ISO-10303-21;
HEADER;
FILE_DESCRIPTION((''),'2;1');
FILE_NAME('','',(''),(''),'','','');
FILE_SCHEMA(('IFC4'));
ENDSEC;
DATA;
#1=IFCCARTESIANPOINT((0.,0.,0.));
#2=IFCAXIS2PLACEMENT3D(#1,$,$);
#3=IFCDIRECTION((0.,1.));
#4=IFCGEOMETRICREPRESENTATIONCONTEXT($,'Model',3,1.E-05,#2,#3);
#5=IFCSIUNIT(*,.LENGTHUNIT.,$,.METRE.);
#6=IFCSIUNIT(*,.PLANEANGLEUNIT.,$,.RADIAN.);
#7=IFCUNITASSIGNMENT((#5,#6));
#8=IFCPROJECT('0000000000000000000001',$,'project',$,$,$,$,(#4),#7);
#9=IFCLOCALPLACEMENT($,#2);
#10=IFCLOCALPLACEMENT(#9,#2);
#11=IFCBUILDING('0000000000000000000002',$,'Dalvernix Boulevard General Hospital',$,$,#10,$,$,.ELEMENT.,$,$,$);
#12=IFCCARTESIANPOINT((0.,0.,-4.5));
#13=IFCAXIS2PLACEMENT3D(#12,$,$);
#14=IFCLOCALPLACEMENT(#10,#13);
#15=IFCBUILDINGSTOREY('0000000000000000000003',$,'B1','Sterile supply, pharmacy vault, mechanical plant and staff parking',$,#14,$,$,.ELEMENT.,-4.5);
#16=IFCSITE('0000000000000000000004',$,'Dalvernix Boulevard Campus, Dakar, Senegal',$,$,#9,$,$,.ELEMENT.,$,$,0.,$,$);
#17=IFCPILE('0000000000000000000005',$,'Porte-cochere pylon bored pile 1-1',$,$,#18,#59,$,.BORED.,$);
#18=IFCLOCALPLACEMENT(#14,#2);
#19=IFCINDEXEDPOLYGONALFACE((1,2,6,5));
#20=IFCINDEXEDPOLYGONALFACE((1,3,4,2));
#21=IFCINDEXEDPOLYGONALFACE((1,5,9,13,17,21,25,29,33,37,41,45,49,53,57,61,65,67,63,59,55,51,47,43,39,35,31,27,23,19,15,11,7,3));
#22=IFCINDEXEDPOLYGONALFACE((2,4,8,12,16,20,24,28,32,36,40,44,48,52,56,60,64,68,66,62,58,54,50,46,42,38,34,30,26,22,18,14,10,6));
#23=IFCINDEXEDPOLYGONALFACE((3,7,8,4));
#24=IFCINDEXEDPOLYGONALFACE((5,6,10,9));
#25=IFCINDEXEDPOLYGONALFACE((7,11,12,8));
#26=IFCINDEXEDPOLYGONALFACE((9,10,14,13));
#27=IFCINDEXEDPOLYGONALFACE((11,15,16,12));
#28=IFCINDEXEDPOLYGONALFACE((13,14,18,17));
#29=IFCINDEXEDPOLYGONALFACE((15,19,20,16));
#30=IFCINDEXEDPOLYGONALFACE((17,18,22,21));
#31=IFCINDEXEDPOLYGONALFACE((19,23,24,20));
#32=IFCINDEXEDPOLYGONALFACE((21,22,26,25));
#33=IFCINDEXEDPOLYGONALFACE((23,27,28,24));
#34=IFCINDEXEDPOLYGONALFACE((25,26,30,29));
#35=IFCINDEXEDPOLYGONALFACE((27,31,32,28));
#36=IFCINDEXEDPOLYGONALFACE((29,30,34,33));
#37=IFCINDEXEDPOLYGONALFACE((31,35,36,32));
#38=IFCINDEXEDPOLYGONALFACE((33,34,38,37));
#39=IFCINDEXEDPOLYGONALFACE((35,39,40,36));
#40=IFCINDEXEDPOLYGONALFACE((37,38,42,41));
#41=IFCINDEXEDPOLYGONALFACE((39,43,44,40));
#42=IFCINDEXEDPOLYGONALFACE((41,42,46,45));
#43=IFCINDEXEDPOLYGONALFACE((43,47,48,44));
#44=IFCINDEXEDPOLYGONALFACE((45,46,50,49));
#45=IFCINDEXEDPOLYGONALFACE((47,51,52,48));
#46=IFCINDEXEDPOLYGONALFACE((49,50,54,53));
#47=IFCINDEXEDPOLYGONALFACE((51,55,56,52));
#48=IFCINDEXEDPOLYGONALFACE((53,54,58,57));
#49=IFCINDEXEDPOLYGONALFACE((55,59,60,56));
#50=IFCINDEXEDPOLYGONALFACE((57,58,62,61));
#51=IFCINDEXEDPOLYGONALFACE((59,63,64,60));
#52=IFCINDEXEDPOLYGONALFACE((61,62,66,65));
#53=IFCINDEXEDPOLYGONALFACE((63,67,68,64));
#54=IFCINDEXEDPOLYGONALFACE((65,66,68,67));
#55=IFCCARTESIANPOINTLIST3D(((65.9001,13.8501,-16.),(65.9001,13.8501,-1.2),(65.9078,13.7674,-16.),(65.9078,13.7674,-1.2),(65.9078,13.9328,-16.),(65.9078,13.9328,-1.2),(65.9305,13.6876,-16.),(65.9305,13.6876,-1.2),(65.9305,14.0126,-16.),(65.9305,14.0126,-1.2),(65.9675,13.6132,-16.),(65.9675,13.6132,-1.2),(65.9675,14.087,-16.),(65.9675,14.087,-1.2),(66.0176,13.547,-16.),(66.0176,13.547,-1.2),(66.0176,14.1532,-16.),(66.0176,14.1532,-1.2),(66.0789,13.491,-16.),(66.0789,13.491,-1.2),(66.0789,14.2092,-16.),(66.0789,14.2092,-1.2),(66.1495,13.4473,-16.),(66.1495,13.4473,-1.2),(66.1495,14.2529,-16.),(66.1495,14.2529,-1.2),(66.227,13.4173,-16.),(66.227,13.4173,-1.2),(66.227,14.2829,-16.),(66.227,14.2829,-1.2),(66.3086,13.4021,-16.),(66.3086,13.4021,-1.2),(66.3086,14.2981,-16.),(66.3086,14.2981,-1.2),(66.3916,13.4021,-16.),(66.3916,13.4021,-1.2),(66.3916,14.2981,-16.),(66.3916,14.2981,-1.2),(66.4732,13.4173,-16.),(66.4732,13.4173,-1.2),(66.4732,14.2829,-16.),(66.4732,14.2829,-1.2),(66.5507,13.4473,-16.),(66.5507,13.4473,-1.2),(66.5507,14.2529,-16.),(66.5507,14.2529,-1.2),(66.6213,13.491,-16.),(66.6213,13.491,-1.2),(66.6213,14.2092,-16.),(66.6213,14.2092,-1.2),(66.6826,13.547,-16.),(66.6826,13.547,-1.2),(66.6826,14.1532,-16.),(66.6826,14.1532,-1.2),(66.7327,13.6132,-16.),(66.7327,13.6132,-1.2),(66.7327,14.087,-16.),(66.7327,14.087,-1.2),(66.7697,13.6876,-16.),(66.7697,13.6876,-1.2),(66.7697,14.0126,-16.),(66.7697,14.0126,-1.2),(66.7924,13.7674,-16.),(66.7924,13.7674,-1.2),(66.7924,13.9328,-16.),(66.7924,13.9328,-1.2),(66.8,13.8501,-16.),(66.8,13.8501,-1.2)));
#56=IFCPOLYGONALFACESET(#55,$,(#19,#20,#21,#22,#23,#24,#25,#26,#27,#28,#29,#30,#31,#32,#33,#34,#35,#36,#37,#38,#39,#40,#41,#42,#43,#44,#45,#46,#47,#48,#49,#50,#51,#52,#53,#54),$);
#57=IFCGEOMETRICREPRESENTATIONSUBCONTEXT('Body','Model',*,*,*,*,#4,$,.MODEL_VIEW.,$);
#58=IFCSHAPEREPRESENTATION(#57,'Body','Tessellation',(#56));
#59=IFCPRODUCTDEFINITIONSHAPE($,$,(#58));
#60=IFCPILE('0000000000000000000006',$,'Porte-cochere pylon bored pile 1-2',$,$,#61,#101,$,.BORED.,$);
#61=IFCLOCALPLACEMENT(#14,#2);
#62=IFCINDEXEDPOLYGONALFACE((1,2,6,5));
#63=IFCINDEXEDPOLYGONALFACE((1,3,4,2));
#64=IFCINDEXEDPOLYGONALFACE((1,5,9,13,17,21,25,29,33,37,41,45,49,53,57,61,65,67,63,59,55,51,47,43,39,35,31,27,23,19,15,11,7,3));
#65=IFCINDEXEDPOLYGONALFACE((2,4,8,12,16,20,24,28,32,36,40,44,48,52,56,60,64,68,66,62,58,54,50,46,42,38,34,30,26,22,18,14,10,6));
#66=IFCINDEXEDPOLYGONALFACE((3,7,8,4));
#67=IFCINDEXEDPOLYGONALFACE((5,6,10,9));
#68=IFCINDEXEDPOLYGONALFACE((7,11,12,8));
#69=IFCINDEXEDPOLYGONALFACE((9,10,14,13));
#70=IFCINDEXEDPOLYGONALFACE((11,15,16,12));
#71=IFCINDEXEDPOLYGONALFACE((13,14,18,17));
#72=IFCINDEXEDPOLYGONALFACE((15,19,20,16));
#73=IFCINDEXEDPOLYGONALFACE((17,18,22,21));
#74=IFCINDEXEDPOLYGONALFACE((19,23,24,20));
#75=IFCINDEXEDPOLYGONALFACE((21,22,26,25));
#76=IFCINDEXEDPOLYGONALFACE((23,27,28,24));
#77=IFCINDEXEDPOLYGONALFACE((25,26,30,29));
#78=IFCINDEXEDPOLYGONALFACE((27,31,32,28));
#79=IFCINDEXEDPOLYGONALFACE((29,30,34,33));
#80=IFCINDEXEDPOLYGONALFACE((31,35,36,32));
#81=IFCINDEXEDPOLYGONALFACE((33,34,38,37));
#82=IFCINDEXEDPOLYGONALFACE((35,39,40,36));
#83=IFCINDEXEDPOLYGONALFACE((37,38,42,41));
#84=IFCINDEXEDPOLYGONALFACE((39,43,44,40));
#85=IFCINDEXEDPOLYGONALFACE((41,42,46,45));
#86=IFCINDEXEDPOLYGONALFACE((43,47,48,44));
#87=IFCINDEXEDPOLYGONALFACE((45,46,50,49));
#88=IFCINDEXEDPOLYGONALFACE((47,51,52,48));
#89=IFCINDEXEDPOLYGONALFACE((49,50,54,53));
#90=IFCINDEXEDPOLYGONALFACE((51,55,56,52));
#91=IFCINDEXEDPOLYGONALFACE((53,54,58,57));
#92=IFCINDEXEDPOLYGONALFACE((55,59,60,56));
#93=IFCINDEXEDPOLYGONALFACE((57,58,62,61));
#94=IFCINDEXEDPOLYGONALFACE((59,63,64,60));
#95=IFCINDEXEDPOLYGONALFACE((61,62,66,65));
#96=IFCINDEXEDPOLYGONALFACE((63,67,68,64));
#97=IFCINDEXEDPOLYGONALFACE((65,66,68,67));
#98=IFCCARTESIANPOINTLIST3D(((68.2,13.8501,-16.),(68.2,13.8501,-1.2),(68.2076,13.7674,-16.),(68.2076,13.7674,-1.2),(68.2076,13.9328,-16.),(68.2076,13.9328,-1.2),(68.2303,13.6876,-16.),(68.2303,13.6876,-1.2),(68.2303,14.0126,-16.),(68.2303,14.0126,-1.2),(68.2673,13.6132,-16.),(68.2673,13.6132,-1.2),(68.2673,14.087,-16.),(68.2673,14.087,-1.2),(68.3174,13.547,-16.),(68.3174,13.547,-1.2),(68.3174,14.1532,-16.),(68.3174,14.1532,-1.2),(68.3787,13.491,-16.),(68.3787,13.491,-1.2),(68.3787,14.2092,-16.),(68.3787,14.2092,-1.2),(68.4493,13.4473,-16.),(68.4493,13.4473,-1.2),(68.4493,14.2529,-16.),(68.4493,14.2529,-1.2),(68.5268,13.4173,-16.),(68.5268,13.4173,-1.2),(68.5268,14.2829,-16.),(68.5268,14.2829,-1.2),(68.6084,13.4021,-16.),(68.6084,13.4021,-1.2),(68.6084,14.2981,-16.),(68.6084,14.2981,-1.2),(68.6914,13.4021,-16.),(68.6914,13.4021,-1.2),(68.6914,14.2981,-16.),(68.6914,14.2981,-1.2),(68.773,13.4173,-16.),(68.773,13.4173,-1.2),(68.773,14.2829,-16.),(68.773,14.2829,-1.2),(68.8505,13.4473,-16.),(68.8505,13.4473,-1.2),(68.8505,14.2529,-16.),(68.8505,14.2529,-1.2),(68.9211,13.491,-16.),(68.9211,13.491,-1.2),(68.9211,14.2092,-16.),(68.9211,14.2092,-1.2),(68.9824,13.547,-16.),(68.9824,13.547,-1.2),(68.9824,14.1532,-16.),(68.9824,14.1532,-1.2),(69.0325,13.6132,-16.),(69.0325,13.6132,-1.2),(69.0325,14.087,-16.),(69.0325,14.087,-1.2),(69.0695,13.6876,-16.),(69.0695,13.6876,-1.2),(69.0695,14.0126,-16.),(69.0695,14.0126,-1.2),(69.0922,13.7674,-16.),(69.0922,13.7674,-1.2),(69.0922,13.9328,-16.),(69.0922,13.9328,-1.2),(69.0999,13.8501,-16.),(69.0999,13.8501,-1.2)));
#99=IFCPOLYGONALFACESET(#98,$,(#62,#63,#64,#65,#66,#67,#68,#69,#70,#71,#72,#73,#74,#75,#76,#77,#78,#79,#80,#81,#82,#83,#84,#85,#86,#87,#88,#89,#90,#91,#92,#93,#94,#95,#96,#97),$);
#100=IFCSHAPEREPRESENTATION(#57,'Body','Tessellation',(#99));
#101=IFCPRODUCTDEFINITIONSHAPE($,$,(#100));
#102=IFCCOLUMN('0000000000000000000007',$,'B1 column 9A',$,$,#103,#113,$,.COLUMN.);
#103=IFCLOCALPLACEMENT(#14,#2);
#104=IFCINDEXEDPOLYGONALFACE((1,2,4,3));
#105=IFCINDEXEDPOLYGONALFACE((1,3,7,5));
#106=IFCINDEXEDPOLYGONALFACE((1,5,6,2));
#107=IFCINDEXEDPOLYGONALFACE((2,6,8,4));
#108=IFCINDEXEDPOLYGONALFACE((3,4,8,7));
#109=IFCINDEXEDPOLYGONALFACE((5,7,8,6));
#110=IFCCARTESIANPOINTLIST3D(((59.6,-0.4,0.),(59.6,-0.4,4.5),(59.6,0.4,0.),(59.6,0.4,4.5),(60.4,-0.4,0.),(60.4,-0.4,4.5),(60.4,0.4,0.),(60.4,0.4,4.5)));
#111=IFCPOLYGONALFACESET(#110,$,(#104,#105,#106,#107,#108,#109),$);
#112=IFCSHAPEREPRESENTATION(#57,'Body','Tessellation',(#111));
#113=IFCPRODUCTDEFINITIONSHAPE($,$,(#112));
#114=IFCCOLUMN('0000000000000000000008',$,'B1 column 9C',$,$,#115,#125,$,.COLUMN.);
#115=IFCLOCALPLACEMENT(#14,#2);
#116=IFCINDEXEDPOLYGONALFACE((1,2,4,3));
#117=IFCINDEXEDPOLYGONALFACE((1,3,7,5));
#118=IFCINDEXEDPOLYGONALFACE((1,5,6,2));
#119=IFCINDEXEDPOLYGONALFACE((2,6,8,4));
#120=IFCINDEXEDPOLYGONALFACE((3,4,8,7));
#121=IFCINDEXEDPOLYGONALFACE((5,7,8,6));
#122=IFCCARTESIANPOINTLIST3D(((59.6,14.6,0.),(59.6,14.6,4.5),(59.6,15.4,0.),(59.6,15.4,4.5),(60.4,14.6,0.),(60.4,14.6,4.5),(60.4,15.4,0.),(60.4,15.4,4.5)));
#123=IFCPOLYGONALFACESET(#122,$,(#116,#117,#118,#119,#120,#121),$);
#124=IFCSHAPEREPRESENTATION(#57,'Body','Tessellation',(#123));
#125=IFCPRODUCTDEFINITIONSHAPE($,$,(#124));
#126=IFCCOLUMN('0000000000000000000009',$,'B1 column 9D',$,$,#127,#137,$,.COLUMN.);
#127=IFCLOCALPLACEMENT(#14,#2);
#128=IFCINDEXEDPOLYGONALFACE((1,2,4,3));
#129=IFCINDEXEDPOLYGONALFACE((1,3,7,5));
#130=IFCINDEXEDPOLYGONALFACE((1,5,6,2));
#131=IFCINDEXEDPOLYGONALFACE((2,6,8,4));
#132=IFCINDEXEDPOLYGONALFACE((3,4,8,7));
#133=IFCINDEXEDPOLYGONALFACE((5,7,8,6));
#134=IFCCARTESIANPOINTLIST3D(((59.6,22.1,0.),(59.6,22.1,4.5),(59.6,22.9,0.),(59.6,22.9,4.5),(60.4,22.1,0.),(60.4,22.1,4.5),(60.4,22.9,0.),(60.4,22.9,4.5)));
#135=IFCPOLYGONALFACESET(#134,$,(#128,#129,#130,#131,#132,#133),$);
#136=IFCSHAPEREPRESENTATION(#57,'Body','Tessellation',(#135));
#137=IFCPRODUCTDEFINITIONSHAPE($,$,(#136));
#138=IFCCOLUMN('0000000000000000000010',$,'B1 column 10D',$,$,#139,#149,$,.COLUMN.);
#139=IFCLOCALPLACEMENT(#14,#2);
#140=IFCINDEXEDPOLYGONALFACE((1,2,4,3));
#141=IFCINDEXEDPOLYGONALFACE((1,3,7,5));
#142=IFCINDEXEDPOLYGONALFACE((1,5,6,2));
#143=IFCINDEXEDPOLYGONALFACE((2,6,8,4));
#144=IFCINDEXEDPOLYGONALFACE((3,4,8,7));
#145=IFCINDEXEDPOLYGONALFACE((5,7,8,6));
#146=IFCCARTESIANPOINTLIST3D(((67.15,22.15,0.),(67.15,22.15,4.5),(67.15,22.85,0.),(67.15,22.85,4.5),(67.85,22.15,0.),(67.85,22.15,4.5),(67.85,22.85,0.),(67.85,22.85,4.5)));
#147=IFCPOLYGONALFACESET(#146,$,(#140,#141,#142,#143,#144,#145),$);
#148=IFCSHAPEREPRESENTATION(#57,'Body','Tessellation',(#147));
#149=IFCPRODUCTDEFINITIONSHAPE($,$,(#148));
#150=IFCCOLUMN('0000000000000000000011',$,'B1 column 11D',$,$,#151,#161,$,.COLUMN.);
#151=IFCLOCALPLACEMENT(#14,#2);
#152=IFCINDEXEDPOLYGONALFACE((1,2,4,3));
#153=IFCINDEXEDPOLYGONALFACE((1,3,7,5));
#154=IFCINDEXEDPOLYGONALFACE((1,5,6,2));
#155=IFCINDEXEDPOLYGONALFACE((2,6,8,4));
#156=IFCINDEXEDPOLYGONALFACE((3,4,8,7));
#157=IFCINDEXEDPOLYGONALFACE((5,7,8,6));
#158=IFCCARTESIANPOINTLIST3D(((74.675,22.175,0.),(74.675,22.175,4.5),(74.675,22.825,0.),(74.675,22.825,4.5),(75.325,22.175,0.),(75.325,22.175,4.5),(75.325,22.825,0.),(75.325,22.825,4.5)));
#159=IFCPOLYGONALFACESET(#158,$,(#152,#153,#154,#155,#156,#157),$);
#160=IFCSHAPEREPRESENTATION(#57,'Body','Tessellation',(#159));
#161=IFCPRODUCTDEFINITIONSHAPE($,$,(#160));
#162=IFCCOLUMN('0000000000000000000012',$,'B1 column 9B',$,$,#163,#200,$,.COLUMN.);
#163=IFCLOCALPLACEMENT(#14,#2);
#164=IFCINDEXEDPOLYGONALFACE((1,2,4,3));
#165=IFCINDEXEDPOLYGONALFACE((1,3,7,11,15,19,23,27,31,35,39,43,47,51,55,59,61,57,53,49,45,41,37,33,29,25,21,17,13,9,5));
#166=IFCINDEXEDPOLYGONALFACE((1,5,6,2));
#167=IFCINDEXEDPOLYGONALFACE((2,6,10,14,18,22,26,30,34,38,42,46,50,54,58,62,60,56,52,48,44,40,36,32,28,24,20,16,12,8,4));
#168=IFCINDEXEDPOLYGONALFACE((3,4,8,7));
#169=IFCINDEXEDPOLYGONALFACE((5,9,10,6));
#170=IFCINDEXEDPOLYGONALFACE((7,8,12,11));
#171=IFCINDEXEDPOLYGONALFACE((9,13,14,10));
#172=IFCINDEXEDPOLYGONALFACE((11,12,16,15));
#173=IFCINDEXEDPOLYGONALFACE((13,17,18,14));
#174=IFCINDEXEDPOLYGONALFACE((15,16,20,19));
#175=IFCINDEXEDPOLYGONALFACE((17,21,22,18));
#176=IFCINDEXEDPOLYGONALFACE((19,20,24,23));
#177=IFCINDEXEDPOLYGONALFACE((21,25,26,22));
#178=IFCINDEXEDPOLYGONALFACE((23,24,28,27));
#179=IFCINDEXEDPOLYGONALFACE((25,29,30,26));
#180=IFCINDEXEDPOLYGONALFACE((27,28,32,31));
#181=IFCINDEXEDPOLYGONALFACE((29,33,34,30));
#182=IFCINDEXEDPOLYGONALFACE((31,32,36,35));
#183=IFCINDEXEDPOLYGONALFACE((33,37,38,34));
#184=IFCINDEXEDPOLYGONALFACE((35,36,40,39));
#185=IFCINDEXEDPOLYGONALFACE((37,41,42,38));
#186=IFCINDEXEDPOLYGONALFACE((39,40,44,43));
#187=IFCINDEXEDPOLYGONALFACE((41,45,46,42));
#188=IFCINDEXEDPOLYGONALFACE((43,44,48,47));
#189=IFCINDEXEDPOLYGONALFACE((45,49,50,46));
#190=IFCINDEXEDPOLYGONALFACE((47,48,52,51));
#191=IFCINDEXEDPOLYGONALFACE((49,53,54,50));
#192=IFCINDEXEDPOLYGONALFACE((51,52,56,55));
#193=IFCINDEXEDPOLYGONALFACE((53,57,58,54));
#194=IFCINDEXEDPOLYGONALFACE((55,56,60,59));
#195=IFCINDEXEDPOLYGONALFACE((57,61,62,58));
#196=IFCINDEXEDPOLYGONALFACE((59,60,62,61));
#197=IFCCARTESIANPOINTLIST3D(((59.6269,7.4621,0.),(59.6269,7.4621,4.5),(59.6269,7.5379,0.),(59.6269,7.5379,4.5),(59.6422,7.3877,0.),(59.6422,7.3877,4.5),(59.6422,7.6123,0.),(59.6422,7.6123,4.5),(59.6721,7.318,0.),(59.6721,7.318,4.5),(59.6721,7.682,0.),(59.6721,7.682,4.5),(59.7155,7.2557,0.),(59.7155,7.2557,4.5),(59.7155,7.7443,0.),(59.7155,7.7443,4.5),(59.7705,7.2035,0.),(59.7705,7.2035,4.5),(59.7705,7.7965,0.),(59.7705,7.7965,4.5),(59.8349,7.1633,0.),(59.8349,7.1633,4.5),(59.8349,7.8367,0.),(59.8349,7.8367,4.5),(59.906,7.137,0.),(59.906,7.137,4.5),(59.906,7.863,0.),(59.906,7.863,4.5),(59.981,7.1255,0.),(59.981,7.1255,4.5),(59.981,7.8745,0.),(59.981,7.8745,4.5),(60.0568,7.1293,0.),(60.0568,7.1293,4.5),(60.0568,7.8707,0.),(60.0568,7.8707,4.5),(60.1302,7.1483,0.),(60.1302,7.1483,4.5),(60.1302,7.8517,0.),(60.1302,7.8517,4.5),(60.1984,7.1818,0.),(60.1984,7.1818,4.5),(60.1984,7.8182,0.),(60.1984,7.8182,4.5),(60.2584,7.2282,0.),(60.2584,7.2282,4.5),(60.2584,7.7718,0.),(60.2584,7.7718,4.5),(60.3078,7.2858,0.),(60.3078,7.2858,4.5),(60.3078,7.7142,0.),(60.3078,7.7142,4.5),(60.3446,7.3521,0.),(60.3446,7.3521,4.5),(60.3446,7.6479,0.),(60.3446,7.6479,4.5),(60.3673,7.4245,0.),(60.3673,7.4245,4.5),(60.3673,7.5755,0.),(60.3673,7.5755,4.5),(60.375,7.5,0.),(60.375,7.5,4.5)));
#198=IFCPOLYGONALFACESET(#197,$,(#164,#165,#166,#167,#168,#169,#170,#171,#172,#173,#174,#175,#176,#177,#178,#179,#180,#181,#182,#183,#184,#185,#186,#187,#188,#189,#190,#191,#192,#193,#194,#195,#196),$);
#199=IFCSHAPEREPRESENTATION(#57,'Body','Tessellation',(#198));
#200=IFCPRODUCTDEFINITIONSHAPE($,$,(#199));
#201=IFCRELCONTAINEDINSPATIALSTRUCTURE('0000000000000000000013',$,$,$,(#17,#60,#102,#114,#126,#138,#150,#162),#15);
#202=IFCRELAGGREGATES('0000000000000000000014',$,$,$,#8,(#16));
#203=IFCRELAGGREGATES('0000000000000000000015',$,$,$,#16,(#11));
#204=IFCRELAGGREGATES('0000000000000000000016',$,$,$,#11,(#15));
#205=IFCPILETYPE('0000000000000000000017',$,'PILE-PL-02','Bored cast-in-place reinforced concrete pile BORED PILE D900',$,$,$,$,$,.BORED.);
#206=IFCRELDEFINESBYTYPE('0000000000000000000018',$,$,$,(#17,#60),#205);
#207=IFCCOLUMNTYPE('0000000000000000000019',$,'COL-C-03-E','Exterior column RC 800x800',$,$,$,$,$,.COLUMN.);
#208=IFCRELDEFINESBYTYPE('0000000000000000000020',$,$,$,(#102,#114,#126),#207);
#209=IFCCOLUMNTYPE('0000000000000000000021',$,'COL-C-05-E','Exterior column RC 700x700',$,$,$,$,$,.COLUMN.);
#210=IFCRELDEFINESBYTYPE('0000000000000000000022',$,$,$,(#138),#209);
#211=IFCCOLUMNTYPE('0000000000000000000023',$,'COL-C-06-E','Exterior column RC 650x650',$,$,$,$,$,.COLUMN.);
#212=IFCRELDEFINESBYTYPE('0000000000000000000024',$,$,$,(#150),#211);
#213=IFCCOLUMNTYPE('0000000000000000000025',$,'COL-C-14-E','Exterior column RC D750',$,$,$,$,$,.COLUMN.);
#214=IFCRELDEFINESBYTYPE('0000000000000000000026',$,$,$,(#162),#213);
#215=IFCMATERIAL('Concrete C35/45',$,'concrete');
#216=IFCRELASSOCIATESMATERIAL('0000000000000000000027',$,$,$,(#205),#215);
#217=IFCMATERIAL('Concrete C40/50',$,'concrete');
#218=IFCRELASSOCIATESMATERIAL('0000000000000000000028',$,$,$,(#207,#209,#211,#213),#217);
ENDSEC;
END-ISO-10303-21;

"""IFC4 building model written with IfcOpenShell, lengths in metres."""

from ifc_helpers import new_model, si_unit, direction, frame, origin, origin_2d, place, context, subcontext, project, spatial, rectangle, circle, extrude, material, material_profile, profile_set, type_object, element, save


model = new_model("IFC4")

# Units and contexts
model_context = context("Model", 3, precision=1e-05, world=origin(), true_north=direction((0.0, 1.0)))
body_context = subcontext(model_context, "Body", "Model", "MODEL_VIEW")
ifc_project = project(units=[si_unit("LENGTHUNIT", "METRE"), si_unit("PLANEANGLEUNIT", "RADIAN")], contexts=[model_context])

# Site, building, storey
site_placement = place(None, origin())
site = spatial("IfcSite", under=ifc_project, at=site_placement, Name="Dalvernix Boulevard Campus, Dakar, Senegal", CompositionType="ELEMENT", RefElevation=0.0)
building_placement = place(site_placement, origin())
building = spatial("IfcBuilding", under=site, at=building_placement, Name="Dalvernix Boulevard General Hospital", CompositionType="ELEMENT")
storey_placement = place(building_placement, frame((0.0, 0.0, -4.5)))
storey = spatial("IfcBuildingStorey", under=building, at=storey_placement, Name="B1", Description="Sterile supply, pharmacy vault, mechanical plant and staff parking", CompositionType="ELEMENT", Elevation=-4.5)

# Shared definitions
ifc_material_1 = material(Name="Concrete C35/45", Category="concrete")
ifc_material_2 = material(Name="Concrete C40/50", Category="concrete")

# Piles
ifc_material_profile_1 = material_profile(ifc_material_1, circle(Radius=0.45, at=origin_2d()), Name="BORED PILE D900")
ifc_profile_set_1 = profile_set([ifc_material_profile_1], Name="Concrete C35/45")
pile_type_1 = type_object("IfcPileType", Name="PILE-PL-02", Description="Bored cast-in-place reinforced concrete pile BORED PILE D900", PredefinedType="BORED", material=ifc_profile_set_1)
for number, where, z_axis, x_axis, name in (
    (1, (66.3501, 13.8501, -1.2), (0.0, 0.0, -1.0), (1.0, 0.0, 0.0), "Porte-cochere pylon bored pile 1-1"),
    (2, (68.6499, 13.8501, -1.2), (0.0, 0.0, -1.0), (1.0, 0.0, 0.0), "Porte-cochere pylon bored pile 1-2"),
):
    element("IfcPile", number, at=place(storey_placement, frame(where, z_axis=z_axis, x_axis=x_axis)), inside=storey, type_object=pile_type_1, Name=name, PredefinedType="BORED", context=body_context, shape_type="SweptSolid", body=[
        extrude(circle(Radius=0.45, at=origin_2d()), origin(), (0.0, 0.0, 1.0), 14.8),
    ])

# Columns
ifc_material_profile_2 = material_profile(ifc_material_2, rectangle(XDim=0.8, YDim=0.8, at=origin_2d()), Name="RC 800x800")
ifc_profile_set_2 = profile_set([ifc_material_profile_2], Name="Concrete C40/50")
column_type_1 = type_object("IfcColumnType", Name="COL-C-03-E", Description="Exterior column RC 800x800", PredefinedType="COLUMN", material=ifc_profile_set_2)
for number, where, z_axis, x_axis, name in (
    (3, (60.0, 0.0, 0.0), (0.0, 0.0, 1.0), (1.0, 0.0, 0.0), "B1 column 9A"),
    (4, (60.0, 15.0, 0.0), (0.0, 0.0, 1.0), (1.0, 0.0, 0.0), "B1 column 9C"),
    (5, (60.0, 22.5, 0.0), (0.0, 0.0, 1.0), (1.0, 0.0, 0.0), "B1 column 9D"),
):
    element("IfcColumn", number, at=place(storey_placement, frame(where, z_axis=z_axis, x_axis=x_axis)), inside=storey, type_object=column_type_1, Name=name, PredefinedType="COLUMN", context=body_context, shape_type="SweptSolid", body=[
        extrude(rectangle(XDim=0.8, YDim=0.8, at=origin_2d()), origin(), (0.0, 0.0, 1.0), 4.5),
    ])
ifc_material_profile_3 = material_profile(ifc_material_2, rectangle(XDim=0.7, YDim=0.7, at=origin_2d()), Name="RC 700x700")
ifc_profile_set_3 = profile_set([ifc_material_profile_3], Name="Concrete C40/50")
column_type_2 = type_object("IfcColumnType", Name="COL-C-05-E", Description="Exterior column RC 700x700", PredefinedType="COLUMN", material=ifc_profile_set_3)
column_1_placement = place(storey_placement, frame((67.5, 22.5, 0.0), z_axis=(0.0, 0.0, 1.0), x_axis=(1.0, 0.0, 0.0)))
element("IfcColumn", 6, at=column_1_placement, inside=storey, type_object=column_type_2, Name="B1 column 10D", PredefinedType="COLUMN", context=body_context, shape_type="SweptSolid", body=[
    extrude(rectangle(XDim=0.7, YDim=0.7, at=origin_2d()), origin(), (0.0, 0.0, 1.0), 4.5),
])
ifc_material_profile_4 = material_profile(ifc_material_2, rectangle(XDim=0.6499, YDim=0.6499, at=origin_2d()), Name="RC 650x650")
ifc_profile_set_4 = profile_set([ifc_material_profile_4], Name="Concrete C40/50")
column_type_3 = type_object("IfcColumnType", Name="COL-C-06-E", Description="Exterior column RC 650x650", PredefinedType="COLUMN", material=ifc_profile_set_4)
column_2_placement = place(storey_placement, frame((75.0, 22.5, 0.0), z_axis=(0.0, 0.0, 1.0), x_axis=(1.0, 0.0, 0.0)))
element("IfcColumn", 7, at=column_2_placement, inside=storey, type_object=column_type_3, Name="B1 column 11D", PredefinedType="COLUMN", context=body_context, shape_type="SweptSolid", body=[
    extrude(rectangle(XDim=0.6499, YDim=0.6499, at=origin_2d()), origin(), (0.0, 0.0, 1.0), 4.5),
])
ifc_material_profile_5 = material_profile(ifc_material_2, circle(Radius=0.375, at=origin_2d()), Name="RC D750")
ifc_profile_set_5 = profile_set([ifc_material_profile_5], Name="Concrete C40/50")
column_type_4 = type_object("IfcColumnType", Name="COL-C-14-E", Description="Exterior column RC D750", PredefinedType="COLUMN", material=ifc_profile_set_5)
column_3_placement = place(storey_placement, frame((60.0, 7.5, 0.0), z_axis=(0.0, 0.0, 1.0), x_axis=(1.0, 0.0, 0.0)))
element("IfcColumn", 8, at=column_3_placement, inside=storey, type_object=column_type_4, Name="B1 column 9B", PredefinedType="COLUMN", context=body_context, shape_type="SweptSolid", body=[
    extrude(circle(Radius=0.375, at=origin_2d()), origin(), (0.0, 0.0, 1.0), 4.5),
])

save(model, "model.ifc")
